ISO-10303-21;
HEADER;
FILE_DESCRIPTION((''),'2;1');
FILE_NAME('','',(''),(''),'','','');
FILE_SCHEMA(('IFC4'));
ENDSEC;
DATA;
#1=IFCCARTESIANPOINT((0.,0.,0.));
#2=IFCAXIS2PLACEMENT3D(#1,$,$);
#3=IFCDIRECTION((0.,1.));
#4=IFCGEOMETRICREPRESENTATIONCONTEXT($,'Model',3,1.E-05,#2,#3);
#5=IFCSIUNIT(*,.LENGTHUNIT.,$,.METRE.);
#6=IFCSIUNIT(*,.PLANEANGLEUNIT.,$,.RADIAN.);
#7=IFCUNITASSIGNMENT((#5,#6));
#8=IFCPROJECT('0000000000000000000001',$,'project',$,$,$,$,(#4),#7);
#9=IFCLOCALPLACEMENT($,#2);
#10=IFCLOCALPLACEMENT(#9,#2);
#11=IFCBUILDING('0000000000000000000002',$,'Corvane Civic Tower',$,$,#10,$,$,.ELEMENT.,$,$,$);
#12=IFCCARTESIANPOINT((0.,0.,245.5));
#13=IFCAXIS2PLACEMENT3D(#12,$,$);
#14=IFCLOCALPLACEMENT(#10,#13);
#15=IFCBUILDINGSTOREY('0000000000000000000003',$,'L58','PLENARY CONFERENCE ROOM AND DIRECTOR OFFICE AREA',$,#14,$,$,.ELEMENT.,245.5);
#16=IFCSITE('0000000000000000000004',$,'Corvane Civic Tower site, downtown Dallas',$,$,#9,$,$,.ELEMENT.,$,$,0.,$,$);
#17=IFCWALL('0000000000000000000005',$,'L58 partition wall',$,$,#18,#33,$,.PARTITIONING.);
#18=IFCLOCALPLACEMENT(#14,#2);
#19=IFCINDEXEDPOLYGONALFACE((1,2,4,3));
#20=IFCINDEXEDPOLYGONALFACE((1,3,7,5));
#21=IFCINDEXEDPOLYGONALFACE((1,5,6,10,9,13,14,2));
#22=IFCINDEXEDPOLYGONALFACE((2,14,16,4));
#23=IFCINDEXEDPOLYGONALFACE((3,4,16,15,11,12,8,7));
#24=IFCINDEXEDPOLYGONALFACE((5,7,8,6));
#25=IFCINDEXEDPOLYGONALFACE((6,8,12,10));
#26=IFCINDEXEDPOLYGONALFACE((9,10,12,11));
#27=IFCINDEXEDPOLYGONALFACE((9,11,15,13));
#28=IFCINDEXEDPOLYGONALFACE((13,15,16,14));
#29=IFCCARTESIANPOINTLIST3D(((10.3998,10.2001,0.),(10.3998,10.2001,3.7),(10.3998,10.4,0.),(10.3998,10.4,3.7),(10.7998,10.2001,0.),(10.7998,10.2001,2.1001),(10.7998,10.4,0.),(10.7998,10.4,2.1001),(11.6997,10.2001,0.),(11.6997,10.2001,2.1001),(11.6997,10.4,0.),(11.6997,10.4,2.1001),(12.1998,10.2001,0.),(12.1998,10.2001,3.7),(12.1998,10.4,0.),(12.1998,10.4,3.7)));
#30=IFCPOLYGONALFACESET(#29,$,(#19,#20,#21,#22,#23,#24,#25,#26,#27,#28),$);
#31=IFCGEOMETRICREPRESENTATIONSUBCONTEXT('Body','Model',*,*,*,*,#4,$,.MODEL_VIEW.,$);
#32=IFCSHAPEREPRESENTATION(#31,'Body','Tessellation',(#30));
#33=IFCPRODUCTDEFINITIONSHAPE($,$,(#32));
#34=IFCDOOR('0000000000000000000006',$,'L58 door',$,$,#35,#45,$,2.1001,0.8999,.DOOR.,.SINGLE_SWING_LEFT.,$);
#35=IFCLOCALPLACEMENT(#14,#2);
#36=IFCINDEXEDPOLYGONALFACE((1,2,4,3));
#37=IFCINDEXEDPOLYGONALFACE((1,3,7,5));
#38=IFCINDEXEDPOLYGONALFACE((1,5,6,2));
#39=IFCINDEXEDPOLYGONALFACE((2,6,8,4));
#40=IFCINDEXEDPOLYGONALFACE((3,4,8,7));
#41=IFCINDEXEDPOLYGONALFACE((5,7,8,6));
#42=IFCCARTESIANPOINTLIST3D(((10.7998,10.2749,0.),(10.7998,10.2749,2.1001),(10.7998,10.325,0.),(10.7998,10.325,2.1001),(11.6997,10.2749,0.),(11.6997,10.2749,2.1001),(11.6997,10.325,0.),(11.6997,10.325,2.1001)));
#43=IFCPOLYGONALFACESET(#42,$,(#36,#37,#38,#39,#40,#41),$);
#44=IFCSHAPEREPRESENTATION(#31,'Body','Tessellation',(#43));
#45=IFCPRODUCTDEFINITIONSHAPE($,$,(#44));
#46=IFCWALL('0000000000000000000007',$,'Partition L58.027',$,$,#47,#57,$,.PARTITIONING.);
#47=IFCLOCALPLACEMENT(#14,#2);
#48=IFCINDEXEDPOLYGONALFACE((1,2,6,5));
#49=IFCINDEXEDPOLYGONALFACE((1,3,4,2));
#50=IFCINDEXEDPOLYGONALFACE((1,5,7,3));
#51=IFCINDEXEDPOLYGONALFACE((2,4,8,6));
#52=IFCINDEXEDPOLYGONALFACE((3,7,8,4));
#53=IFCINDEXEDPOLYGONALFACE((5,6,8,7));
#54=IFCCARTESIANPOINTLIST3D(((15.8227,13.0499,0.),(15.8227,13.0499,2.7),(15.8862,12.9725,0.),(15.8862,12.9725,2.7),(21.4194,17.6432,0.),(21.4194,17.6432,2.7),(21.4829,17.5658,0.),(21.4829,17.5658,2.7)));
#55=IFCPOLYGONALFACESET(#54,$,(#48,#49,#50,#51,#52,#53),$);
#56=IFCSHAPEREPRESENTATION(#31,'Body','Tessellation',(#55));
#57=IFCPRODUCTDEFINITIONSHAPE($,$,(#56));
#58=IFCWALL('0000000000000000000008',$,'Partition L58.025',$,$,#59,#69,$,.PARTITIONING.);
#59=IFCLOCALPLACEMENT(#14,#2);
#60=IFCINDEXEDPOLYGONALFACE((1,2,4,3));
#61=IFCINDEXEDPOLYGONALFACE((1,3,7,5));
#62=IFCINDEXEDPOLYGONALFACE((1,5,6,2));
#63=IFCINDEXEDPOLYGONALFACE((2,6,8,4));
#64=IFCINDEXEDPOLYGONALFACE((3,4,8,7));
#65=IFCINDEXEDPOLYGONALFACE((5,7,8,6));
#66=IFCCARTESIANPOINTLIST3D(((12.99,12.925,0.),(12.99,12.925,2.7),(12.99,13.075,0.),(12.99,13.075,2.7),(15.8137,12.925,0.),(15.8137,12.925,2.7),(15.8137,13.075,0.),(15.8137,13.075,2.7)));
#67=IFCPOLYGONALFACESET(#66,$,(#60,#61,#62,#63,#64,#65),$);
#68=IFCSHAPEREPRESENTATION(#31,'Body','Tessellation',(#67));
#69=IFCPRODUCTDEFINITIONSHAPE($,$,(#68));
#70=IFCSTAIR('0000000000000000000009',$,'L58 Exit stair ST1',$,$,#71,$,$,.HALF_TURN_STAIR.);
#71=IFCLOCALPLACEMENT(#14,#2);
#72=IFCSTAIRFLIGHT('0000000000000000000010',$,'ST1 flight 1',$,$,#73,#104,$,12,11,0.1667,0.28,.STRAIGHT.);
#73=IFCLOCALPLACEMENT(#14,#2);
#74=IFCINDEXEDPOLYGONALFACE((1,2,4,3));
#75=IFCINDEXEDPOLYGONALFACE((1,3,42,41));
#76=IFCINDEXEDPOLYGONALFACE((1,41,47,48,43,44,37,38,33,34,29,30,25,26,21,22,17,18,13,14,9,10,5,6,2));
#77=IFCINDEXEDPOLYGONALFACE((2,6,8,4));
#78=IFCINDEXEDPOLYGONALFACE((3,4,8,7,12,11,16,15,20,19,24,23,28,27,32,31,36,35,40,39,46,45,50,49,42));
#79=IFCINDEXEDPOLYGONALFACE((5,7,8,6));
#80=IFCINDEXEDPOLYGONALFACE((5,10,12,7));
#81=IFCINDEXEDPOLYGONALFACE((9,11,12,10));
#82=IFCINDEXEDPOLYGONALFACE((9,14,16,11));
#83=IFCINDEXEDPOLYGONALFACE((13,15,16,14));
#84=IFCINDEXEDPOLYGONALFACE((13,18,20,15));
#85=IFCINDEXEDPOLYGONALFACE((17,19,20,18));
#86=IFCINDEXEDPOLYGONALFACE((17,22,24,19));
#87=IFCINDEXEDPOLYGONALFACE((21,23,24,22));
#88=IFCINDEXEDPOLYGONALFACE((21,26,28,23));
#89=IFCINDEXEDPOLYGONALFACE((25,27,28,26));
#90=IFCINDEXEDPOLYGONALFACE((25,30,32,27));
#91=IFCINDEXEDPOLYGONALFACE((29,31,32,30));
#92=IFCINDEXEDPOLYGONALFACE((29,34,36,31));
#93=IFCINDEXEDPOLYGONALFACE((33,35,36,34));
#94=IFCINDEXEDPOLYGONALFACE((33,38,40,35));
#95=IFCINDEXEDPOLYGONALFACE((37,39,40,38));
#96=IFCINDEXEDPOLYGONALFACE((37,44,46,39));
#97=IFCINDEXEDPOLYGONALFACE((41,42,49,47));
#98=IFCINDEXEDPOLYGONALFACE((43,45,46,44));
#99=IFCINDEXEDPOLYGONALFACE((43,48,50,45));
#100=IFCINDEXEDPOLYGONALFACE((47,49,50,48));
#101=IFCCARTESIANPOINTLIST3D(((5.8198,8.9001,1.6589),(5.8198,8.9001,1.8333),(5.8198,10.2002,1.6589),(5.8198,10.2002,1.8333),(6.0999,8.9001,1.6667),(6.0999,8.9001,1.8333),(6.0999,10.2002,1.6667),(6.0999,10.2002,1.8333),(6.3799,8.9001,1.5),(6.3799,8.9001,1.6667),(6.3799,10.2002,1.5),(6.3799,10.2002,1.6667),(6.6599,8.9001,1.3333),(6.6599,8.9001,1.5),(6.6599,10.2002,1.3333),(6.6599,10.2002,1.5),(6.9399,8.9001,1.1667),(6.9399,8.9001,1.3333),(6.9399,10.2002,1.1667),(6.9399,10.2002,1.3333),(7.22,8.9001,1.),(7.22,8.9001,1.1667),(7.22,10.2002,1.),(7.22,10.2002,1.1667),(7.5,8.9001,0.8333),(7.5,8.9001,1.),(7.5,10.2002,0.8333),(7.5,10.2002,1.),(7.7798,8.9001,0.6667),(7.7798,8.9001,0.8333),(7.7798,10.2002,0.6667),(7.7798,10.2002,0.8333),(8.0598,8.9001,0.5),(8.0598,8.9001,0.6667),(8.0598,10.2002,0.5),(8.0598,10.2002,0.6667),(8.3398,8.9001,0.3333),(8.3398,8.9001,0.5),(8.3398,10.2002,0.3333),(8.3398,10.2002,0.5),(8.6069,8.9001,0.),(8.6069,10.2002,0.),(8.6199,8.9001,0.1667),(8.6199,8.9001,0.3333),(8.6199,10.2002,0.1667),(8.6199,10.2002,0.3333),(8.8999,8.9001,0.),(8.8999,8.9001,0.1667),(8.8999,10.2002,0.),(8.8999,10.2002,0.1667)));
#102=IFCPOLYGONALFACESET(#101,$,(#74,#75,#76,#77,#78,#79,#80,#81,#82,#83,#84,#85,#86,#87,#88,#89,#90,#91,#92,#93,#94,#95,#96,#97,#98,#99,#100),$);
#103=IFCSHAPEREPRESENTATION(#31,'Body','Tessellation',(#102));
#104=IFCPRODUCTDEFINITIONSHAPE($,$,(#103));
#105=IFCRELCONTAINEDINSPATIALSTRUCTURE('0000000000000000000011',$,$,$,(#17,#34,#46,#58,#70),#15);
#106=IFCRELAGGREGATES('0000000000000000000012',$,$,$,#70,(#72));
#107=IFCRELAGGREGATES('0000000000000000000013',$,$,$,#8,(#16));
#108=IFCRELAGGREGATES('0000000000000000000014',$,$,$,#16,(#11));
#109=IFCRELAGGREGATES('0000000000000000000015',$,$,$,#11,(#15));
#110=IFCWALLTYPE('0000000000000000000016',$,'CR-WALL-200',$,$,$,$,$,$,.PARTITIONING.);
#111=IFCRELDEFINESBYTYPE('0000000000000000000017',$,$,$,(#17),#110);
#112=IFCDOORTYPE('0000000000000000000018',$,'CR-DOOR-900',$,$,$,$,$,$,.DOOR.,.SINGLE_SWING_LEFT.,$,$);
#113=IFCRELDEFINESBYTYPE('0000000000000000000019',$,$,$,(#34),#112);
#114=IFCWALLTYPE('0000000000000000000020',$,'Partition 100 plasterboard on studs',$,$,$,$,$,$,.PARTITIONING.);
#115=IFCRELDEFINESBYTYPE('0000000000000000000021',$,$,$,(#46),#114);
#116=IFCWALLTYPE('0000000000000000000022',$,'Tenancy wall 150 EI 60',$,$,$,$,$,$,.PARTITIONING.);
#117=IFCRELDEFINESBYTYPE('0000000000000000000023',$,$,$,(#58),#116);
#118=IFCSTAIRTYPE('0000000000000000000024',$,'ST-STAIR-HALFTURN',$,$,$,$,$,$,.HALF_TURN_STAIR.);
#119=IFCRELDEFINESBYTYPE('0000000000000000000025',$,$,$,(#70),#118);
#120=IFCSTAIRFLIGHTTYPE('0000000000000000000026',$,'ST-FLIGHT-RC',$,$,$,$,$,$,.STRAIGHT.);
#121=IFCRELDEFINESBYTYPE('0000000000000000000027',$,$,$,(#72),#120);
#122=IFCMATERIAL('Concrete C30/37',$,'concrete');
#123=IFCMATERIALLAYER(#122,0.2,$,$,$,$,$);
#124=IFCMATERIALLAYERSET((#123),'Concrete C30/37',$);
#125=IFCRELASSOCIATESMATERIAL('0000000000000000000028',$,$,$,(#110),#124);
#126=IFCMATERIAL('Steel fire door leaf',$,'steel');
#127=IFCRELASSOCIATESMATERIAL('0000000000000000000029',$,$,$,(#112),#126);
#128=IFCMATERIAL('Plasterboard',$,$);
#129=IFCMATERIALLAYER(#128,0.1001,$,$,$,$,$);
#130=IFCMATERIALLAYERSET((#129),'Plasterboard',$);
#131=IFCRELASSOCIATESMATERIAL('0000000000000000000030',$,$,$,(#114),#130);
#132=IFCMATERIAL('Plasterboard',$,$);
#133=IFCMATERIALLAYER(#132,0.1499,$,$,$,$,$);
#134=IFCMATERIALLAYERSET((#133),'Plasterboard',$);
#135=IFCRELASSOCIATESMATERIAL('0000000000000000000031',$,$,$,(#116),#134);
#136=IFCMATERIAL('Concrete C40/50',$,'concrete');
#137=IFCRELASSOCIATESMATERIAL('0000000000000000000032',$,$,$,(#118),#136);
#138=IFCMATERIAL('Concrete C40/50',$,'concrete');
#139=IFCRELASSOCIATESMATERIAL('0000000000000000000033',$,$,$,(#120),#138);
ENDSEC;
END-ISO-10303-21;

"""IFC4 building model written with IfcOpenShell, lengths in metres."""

from ifc_helpers import new_model, si_unit, direction, frame, frame_2d, origin, place, context, subcontext, project, spatial, polyline, rectangle, outline, extrude, material, layer, layer_set, type_object, element, fill, aggregate, save


model = new_model("IFC4")

# Units and contexts
model_context = context("Model", 3, precision=1e-05, world=origin(), true_north=direction((0.0, 1.0)))
body_context = subcontext(model_context, "Body", "Model", "MODEL_VIEW")
ifc_project = project(units=[si_unit("LENGTHUNIT", "METRE"), si_unit("PLANEANGLEUNIT", "RADIAN")], contexts=[model_context])

# Site, building, storey
site_placement = place(None, origin())
site = spatial("IfcSite", under=ifc_project, at=site_placement, Name="Corvane Civic Tower site, downtown Dallas", CompositionType="ELEMENT", RefElevation=0.0)
building_placement = place(site_placement, origin())
building = spatial("IfcBuilding", under=site, at=building_placement, Name="Corvane Civic Tower", CompositionType="ELEMENT")
storey_placement = place(building_placement, frame((0.0, 0.0, 245.5)))
storey = spatial("IfcBuildingStorey", under=building, at=storey_placement, Name="L58", Description="PLENARY CONFERENCE ROOM AND DIRECTOR OFFICE AREA", CompositionType="ELEMENT", Elevation=245.5)

# Wall, opening, door
ifc_material_1 = material(Name="Concrete C30/37", Category="concrete")
ifc_layer_1 = layer(ifc_material_1, 0.2)
ifc_layer_set_1 = layer_set([ifc_layer_1], Name="Concrete C30/37")
wall_type_1 = type_object("IfcWallType", Name="CR-WALL-200", PredefinedType="PARTITIONING", material=ifc_layer_set_1)
ifc_material_2 = material(Name="Steel fire door leaf", Category="steel")
door_type = type_object("IfcDoorType", Name="CR-DOOR-900", OperationType="SINGLE_SWING_LEFT", PredefinedType="DOOR", material=ifc_material_2)
wall_1_placement = place(storey_placement, frame((10.3999, 10.3, 0.0), z_axis=(0.0, 0.0, 1.0), x_axis=(1.0, 0.0, 0.0)))
wall_1 = element("IfcWall", 1, at=wall_1_placement, inside=storey, type_object=wall_type_1, Name="L58 partition wall", PredefinedType="PARTITIONING", context=body_context, shape_type="SweptSolid", body=[
    extrude(rectangle(XDim=1.8, YDim=0.2, at=frame_2d((0.8999, 0.0))), origin(), (0.0, 0.0, 1.0), 3.7),
])
opening_1_placement = place(wall_1_placement, frame((0.3999, 0.0, 0.0)))
opening_1 = element("IfcOpeningElement", 2, at=opening_1_placement, cuts=wall_1, PredefinedType="OPENING", context=body_context, shape_type="SweptSolid", body=[
    extrude(rectangle(XDim=0.8999, YDim=2.1001, at=frame_2d((0.45, 1.05))), frame((0.0, 0.1099, 0.0), z_axis=(0.0, -1.0, 0.0), x_axis=(1.0, 0.0, 0.0)), (0.0, 0.0, 1.0), 0.22),
])
door_1_placement = place(opening_1_placement, origin())
door_1 = element("IfcDoor", 3, at=door_1_placement, inside=storey, type_object=door_type, Name="L58 door", OperationType="SINGLE_SWING_LEFT", OverallHeight=2.1001, OverallWidth=0.8999, PredefinedType="DOOR", context=body_context, shape_type="SweptSolid", body=[
    extrude(rectangle(XDim=0.8999, YDim=2.1001, at=frame_2d((0.45, 1.05))), frame((0.0, 0.0249, 0.0), z_axis=(0.0, -1.0, 0.0), x_axis=(1.0, 0.0, 0.0)), (0.0, 0.0, 1.0), 0.05),
])
fill(opening_1, door_1)

# Walls
ifc_material_3 = material(Name="Plasterboard")
ifc_layer_2 = layer(ifc_material_3, 0.1001)
ifc_layer_set_2 = layer_set([ifc_layer_2], Name="Plasterboard")
wall_type_2 = type_object("IfcWallType", Name="Partition 100 plasterboard on studs", PredefinedType="PARTITIONING", material=ifc_layer_set_2)
wall_2_placement = place(storey_placement, frame((15.8545, 13.0112, 0.0), z_axis=(0.0, 0.0, 1.0), x_axis=(0.772998, 0.634409, 0.0)))
element("IfcWall", 4, at=wall_2_placement, inside=storey, type_object=wall_type_2, Name="Partition L58.027", PredefinedType="PARTITIONING", context=body_context, shape_type="SweptSolid", body=[
    extrude(rectangle(XDim=7.2402, YDim=0.1001, at=frame_2d((3.6201, 0.0))), origin(), (0.0, 0.0, 1.0), 2.7),
])
ifc_material_4 = material(Name="Plasterboard")
ifc_layer_3 = layer(ifc_material_4, 0.1499)
ifc_layer_set_3 = layer_set([ifc_layer_3], Name="Plasterboard")
wall_type_3 = type_object("IfcWallType", Name="Tenancy wall 150 EI 60", PredefinedType="PARTITIONING", material=ifc_layer_set_3)
wall_3_placement = place(storey_placement, frame((12.99, 13.0, 0.0), z_axis=(0.0, 0.0, 1.0), x_axis=(1.0, 0.0, 0.0)))
element("IfcWall", 5, at=wall_3_placement, inside=storey, type_object=wall_type_3, Name="Partition L58.025", PredefinedType="PARTITIONING", context=body_context, shape_type="SweptSolid", body=[
    extrude(rectangle(XDim=2.8237, YDim=0.1499, at=frame_2d((1.4119, 0.0))), origin(), (0.0, 0.0, 1.0), 2.7),
])

# Stair, stair flight
ifc_material_5 = material(Name="Concrete C40/50", Category="concrete")
stair_type = type_object("IfcStairType", Name="ST-STAIR-HALFTURN", PredefinedType="HALF_TURN_STAIR", material=ifc_material_5)
stair_placement = place(storey_placement, origin())
stair = element("IfcStair", 6, at=stair_placement, inside=storey, type_object=stair_type, Name="L58 Exit stair ST1", PredefinedType="HALF_TURN_STAIR")
ifc_material_6 = material(Name="Concrete C40/50", Category="concrete")
stair_flight_type = type_object("IfcStairFlightType", Name="ST-FLIGHT-RC", PredefinedType="STRAIGHT", material=ifc_material_6)
stair_flight_placement = place(storey_placement, frame((8.8999, 9.55, 0.0), z_axis=(0.0, 0.0, 1.0), x_axis=(-1.0, 0.0, 0.0)))
stair_flight = element("IfcStairFlight", 7, at=stair_flight_placement, type_object=stair_flight_type, Name="ST1 flight 1", NumberOfRisers=12, NumberOfTreads=11, PredefinedType="STRAIGHT", RiserHeight=0.1667, TreadLength=0.28, context=body_context, shape_type="SweptSolid", body=[
    extrude(outline(polyline([(0.0, 0.0), (0.0, 0.1667), (0.28, 0.1667), (0.28, 0.3333), (0.5601, 0.3333), (0.5601, 0.5), (0.8401, 0.5), (0.8401, 0.6667), (1.1201, 0.6667), (1.1201, 0.8333), (1.3999, 0.8333), (1.3999, 1.0), (1.6799, 1.0), (1.6799, 1.1667), (1.96, 1.1667), (1.96, 1.3333), (2.24, 1.3333), (2.24, 1.5), (2.52, 1.5), (2.52, 1.6667), (2.8, 1.6667), (2.8, 1.8333), (3.0801, 1.8333), (3.0801, 2.0), (3.0801, 1.6589), (0.293, 0.0), (0.0, 0.0)])), frame((0.0, 0.6499, 0.0), z_axis=(0.0, -1.0, 0.0), x_axis=(1.0, 0.0, 0.0)), (0.0, 0.0, 1.0), 1.3),
])
aggregate(stair, [stair_flight])

save(model, "model.ifc")
